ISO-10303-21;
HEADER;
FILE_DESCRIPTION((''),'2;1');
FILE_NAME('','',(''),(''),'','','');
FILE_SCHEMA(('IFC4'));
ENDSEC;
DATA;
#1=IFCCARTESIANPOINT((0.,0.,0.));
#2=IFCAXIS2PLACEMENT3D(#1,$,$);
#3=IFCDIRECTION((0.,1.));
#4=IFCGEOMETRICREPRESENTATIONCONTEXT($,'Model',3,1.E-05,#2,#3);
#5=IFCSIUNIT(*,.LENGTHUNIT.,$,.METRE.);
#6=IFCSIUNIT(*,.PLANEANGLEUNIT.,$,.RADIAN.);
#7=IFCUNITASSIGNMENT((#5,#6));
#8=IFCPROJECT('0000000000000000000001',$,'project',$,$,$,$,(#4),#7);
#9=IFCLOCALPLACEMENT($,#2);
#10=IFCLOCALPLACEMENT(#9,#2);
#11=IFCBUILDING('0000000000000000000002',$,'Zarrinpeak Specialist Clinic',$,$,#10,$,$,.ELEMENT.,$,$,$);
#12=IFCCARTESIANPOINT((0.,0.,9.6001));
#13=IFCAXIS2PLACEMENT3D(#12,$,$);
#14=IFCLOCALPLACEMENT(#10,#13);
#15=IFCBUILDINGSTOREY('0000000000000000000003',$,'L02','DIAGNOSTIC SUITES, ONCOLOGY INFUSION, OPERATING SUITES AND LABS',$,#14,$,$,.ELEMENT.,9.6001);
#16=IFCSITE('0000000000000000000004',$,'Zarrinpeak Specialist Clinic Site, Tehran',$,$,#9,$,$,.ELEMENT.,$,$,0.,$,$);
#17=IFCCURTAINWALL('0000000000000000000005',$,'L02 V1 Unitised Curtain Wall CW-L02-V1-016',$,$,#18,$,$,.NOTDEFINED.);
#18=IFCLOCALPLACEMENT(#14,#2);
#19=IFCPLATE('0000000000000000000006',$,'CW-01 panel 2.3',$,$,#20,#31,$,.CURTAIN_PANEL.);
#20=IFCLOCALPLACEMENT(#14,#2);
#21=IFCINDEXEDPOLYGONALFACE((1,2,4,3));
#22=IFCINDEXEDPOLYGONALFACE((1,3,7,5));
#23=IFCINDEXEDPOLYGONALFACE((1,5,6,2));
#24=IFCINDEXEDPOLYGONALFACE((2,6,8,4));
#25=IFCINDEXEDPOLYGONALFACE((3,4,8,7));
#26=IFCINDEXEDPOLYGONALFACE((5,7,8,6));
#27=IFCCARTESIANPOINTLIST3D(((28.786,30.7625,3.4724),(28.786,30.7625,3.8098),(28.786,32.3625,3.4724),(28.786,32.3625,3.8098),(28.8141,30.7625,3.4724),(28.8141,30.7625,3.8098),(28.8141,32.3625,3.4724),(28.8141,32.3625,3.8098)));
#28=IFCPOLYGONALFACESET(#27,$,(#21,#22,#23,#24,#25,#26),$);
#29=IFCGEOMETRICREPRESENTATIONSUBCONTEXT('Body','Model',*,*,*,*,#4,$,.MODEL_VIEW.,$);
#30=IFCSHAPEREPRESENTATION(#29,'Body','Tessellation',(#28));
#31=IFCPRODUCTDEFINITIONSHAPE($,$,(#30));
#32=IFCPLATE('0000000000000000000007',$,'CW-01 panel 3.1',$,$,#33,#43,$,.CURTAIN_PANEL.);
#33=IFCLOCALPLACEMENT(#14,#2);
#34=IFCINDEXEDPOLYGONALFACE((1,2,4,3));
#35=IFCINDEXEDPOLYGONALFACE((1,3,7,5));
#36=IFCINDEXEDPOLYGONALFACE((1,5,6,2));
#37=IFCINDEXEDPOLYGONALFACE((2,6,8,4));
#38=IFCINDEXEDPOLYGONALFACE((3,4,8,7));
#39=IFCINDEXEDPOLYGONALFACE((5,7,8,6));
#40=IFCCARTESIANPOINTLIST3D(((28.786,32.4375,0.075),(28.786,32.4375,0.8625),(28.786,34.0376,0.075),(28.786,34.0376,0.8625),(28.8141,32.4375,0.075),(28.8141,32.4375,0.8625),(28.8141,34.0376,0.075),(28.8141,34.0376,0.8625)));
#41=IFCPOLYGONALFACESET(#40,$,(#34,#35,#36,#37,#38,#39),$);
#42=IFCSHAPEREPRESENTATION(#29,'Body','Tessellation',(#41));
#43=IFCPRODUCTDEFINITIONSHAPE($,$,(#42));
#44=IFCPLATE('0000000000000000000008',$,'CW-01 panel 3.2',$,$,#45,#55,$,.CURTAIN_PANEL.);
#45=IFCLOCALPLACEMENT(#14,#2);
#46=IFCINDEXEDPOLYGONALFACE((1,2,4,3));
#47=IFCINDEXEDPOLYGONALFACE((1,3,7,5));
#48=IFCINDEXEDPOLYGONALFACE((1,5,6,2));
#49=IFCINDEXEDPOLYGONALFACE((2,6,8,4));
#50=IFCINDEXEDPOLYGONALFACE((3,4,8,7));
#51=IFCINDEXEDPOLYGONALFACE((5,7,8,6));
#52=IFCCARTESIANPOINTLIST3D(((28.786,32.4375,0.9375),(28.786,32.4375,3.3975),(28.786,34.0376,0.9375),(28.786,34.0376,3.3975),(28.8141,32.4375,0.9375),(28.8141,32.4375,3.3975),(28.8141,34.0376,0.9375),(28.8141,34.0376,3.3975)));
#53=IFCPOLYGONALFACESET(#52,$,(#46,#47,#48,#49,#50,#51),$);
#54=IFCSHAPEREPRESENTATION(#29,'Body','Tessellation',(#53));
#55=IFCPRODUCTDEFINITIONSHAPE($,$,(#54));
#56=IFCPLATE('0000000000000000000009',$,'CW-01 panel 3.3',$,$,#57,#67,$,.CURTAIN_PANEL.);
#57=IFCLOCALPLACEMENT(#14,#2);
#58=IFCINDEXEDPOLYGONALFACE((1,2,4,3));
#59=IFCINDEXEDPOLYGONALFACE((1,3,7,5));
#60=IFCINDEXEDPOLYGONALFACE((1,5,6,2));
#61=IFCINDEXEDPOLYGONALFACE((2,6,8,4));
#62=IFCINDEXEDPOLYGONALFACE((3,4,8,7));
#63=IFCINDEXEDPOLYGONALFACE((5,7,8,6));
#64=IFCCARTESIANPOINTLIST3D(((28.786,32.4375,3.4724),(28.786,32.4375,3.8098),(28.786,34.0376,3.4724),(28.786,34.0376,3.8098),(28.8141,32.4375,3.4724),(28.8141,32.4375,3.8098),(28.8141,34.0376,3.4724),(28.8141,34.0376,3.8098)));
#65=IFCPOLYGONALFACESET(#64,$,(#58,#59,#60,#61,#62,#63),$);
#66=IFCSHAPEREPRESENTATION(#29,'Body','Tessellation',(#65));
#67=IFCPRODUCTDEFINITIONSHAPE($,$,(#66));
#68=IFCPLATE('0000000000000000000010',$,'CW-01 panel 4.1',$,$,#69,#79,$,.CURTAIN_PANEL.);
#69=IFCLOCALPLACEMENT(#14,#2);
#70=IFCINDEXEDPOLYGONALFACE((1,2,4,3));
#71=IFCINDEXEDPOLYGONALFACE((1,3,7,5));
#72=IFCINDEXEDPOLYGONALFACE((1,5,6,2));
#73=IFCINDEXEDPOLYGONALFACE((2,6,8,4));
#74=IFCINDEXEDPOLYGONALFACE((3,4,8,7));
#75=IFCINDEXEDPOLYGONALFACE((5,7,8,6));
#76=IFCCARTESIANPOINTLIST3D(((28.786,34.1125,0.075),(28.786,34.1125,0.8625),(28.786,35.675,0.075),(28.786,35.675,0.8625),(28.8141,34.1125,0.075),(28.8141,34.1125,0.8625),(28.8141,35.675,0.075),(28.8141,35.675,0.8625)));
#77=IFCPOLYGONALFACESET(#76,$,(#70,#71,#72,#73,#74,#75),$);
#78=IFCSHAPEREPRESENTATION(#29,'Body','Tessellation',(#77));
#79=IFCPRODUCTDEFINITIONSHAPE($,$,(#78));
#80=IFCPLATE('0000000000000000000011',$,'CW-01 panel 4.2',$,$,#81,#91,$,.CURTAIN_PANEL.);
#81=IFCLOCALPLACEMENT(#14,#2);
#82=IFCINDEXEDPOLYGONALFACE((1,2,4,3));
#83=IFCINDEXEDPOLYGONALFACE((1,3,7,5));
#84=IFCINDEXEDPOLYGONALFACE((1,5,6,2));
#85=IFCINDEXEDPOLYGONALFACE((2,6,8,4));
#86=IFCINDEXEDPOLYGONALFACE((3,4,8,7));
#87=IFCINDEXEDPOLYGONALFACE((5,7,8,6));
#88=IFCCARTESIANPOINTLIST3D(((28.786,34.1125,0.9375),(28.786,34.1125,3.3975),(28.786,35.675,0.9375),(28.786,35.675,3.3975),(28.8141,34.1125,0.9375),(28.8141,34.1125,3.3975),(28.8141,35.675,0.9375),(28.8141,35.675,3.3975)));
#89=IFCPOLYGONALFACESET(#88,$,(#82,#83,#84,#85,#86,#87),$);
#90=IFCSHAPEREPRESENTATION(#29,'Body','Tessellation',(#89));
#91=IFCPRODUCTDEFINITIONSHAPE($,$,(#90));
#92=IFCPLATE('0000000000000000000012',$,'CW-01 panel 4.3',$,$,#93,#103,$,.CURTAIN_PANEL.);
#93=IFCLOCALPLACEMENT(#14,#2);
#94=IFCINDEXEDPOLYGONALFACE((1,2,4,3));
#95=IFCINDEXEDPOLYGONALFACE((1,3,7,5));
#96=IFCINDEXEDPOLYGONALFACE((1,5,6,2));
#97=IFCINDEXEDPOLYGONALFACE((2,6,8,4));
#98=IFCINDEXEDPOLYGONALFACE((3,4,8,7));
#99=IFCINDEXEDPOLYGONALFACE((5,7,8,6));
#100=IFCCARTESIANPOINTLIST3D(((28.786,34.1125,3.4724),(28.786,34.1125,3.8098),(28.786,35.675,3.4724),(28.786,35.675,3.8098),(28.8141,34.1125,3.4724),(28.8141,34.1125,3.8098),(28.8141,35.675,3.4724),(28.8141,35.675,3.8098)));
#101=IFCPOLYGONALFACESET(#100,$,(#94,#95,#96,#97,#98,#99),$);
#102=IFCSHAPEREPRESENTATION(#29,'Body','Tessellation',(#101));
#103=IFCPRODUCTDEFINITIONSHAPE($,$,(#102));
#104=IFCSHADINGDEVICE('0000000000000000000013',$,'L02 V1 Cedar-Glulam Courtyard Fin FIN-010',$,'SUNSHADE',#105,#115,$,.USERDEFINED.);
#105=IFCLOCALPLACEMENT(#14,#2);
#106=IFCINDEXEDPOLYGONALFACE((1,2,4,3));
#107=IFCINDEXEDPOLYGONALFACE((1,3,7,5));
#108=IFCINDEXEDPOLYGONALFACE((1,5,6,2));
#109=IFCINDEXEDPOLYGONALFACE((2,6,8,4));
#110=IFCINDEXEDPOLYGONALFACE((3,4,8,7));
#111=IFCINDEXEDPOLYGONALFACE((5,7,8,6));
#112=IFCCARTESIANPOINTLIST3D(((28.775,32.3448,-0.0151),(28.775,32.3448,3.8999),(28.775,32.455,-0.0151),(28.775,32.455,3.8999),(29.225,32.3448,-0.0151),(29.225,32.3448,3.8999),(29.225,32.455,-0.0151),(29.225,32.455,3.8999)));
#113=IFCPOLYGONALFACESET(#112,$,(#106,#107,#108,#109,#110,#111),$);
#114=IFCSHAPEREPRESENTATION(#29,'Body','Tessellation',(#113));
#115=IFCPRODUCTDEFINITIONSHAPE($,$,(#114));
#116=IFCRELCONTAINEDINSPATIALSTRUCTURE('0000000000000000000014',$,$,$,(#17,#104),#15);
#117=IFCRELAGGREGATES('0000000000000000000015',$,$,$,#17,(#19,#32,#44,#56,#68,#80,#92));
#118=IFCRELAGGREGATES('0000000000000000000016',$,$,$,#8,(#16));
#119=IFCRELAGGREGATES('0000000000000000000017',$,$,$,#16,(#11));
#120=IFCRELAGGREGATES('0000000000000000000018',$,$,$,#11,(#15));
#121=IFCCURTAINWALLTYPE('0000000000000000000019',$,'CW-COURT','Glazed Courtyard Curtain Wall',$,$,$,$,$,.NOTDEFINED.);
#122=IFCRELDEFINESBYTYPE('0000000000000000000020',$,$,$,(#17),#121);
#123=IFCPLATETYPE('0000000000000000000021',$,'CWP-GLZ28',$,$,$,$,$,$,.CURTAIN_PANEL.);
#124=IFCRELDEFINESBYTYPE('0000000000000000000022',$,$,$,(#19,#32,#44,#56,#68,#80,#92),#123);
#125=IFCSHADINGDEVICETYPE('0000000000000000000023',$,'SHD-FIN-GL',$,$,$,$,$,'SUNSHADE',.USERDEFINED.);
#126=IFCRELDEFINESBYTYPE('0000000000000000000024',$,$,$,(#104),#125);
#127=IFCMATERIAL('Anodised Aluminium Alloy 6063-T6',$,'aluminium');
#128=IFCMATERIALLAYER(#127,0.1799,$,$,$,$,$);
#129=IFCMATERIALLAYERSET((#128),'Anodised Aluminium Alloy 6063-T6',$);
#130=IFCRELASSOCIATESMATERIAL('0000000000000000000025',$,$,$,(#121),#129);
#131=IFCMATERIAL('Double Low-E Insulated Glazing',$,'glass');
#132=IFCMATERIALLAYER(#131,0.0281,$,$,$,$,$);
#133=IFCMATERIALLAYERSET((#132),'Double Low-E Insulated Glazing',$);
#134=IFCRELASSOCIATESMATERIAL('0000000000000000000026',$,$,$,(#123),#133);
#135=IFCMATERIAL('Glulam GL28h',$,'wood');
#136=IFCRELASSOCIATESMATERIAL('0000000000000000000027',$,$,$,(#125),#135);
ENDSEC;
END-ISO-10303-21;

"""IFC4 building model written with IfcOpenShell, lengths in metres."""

from ifc_helpers import new_model, si_unit, direction, frame, origin, origin_2d, place, context, subcontext, project, spatial, rectangle, extrude, material, layer, layer_set, type_object, element, aggregate, save


model = new_model("IFC4")

# Units and contexts
model_context = context("Model", 3, precision=1e-05, world=origin(), true_north=direction((0.0, 1.0)))
body_context = subcontext(model_context, "Body", "Model", "MODEL_VIEW")
ifc_project = project(units=[si_unit("LENGTHUNIT", "METRE"), si_unit("PLANEANGLEUNIT", "RADIAN")], contexts=[model_context])

# Site, building, storey
site_placement = place(None, origin())
site = spatial("IfcSite", under=ifc_project, at=site_placement, Name="Zarrinpeak Specialist Clinic Site, Tehran", CompositionType="ELEMENT", RefElevation=0.0)
building_placement = place(site_placement, origin())
building = spatial("IfcBuilding", under=site, at=building_placement, Name="Zarrinpeak Specialist Clinic", CompositionType="ELEMENT")
storey_placement = place(building_placement, frame((0.0, 0.0, 9.6001)))
storey = spatial("IfcBuildingStorey", under=building, at=storey_placement, Name="L02", Description="DIAGNOSTIC SUITES, ONCOLOGY INFUSION, OPERATING SUITES AND LABS", CompositionType="ELEMENT", Elevation=9.6001)

# Curtain wall, plates
ifc_material_1 = material(Name="Anodised Aluminium Alloy 6063-T6", Category="aluminium")
ifc_layer_1 = layer(ifc_material_1, 0.1799)
ifc_layer_set_1 = layer_set([ifc_layer_1], Name="Anodised Aluminium Alloy 6063-T6")
curtain_wall_type = type_object("IfcCurtainWallType", Name="CW-COURT", Description="Glazed Courtyard Curtain Wall", PredefinedType="NOTDEFINED", material=ifc_layer_set_1)
curtain_wall_placement = place(storey_placement, origin())
curtain_wall = element("IfcCurtainWall", 1, at=curtain_wall_placement, inside=storey, type_object=curtain_wall_type, Name="L02 V1 Unitised Curtain Wall CW-L02-V1-016", PredefinedType="NOTDEFINED")
ifc_material_2 = material(Name="Double Low-E Insulated Glazing", Category="glass")
ifc_layer_2 = layer(ifc_material_2, 0.0281)
ifc_layer_set_2 = layer_set([ifc_layer_2], Name="Double Low-E Insulated Glazing")
plate_type = type_object("IfcPlateType", Name="CWP-GLZ28", PredefinedType="CURTAIN_PANEL", material=ifc_layer_set_2)
plate_1_placement = place(storey_placement, frame((28.8, 31.5625, 3.4724), z_axis=(0.0, 0.0, 1.0), x_axis=(0.0, 1.0, 0.0)))
plate_1 = element("IfcPlate", 2, at=plate_1_placement, type_object=plate_type, Name="CW-01 panel 2.3", PredefinedType="CURTAIN_PANEL", context=body_context, shape_type="SweptSolid", body=[
    extrude(rectangle(XDim=1.6001, YDim=0.0281, at=origin_2d()), origin(), (0.0, 0.0, 1.0), 0.3374),
])
plate_2_placement = place(storey_placement, frame((28.8, 33.2375, 0.075), z_axis=(0.0, 0.0, 1.0), x_axis=(0.0, 1.0, 0.0)))
plate_2 = element("IfcPlate", 3, at=plate_2_placement, type_object=plate_type, Name="CW-01 panel 3.1", PredefinedType="CURTAIN_PANEL", context=body_context, shape_type="SweptSolid", body=[
    extrude(rectangle(XDim=1.6001, YDim=0.0281, at=origin_2d()), origin(), (0.0, 0.0, 1.0), 0.7876),
])
plate_3_placement = place(storey_placement, frame((28.8, 33.2375, 0.9375), z_axis=(0.0, 0.0, 1.0), x_axis=(0.0, 1.0, 0.0)))
plate_3 = element("IfcPlate", 4, at=plate_3_placement, type_object=plate_type, Name="CW-01 panel 3.2", PredefinedType="CURTAIN_PANEL", context=body_context, shape_type="SweptSolid", body=[
    extrude(rectangle(XDim=1.6001, YDim=0.0281, at=origin_2d()), origin(), (0.0, 0.0, 1.0), 2.46),
])
plate_4_placement = place(storey_placement, frame((28.8, 33.2375, 3.4724), z_axis=(0.0, 0.0, 1.0), x_axis=(0.0, 1.0, 0.0)))
plate_4 = element("IfcPlate", 5, at=plate_4_placement, type_object=plate_type, Name="CW-01 panel 3.3", PredefinedType="CURTAIN_PANEL", context=body_context, shape_type="SweptSolid", body=[
    extrude(rectangle(XDim=1.6001, YDim=0.0281, at=origin_2d()), origin(), (0.0, 0.0, 1.0), 0.3374),
])
plate_5_placement = place(storey_placement, frame((28.8, 34.8938, 0.075), z_axis=(0.0, 0.0, 1.0), x_axis=(0.0, 1.0, 0.0)))
plate_5 = element("IfcPlate", 6, at=plate_5_placement, type_object=plate_type, Name="CW-01 panel 4.1", PredefinedType="CURTAIN_PANEL", context=body_context, shape_type="SweptSolid", body=[
    extrude(rectangle(XDim=1.5625, YDim=0.0281, at=origin_2d()), origin(), (0.0, 0.0, 1.0), 0.7876),
])
plate_6_placement = place(storey_placement, frame((28.8, 34.8938, 0.9375), z_axis=(0.0, 0.0, 1.0), x_axis=(0.0, 1.0, 0.0)))
plate_6 = element("IfcPlate", 7, at=plate_6_placement, type_object=plate_type, Name="CW-01 panel 4.2", PredefinedType="CURTAIN_PANEL", context=body_context, shape_type="SweptSolid", body=[
    extrude(rectangle(XDim=1.5625, YDim=0.0281, at=origin_2d()), origin(), (0.0, 0.0, 1.0), 2.46),
])
plate_7_placement = place(storey_placement, frame((28.8, 34.8938, 3.4724), z_axis=(0.0, 0.0, 1.0), x_axis=(0.0, 1.0, 0.0)))
plate_7 = element("IfcPlate", 8, at=plate_7_placement, type_object=plate_type, Name="CW-01 panel 4.3", PredefinedType="CURTAIN_PANEL", context=body_context, shape_type="SweptSolid", body=[
    extrude(rectangle(XDim=1.5625, YDim=0.0281, at=origin_2d()), origin(), (0.0, 0.0, 1.0), 0.3374),
])
aggregate(curtain_wall, [plate_1, plate_2, plate_3, plate_4, plate_5, plate_6, plate_7])

# Shading device
ifc_material_3 = material(Name="Glulam GL28h", Category="wood")
shading_device_type = type_object("IfcShadingDeviceType", Name="SHD-FIN-GL", ElementType="SUNSHADE", PredefinedType="USERDEFINED", material=ifc_material_3)
shading_device_placement = place(storey_placement, frame((29.0, 32.3999, -0.0151), z_axis=(0.0, 0.0, 1.0), x_axis=(1.0, 0.0, 0.0)))
element("IfcShadingDevice", 9, at=shading_device_placement, inside=storey, type_object=shading_device_type, Name="L02 V1 Cedar-Glulam Courtyard Fin FIN-010", ObjectType="SUNSHADE", PredefinedType="USERDEFINED", context=body_context, shape_type="SweptSolid", body=[
    extrude(rectangle(XDim=0.45, YDim=0.1101, at=origin_2d()), origin(), (0.0, 0.0, 1.0), 3.915),
])

save(model, "model.ifc")
